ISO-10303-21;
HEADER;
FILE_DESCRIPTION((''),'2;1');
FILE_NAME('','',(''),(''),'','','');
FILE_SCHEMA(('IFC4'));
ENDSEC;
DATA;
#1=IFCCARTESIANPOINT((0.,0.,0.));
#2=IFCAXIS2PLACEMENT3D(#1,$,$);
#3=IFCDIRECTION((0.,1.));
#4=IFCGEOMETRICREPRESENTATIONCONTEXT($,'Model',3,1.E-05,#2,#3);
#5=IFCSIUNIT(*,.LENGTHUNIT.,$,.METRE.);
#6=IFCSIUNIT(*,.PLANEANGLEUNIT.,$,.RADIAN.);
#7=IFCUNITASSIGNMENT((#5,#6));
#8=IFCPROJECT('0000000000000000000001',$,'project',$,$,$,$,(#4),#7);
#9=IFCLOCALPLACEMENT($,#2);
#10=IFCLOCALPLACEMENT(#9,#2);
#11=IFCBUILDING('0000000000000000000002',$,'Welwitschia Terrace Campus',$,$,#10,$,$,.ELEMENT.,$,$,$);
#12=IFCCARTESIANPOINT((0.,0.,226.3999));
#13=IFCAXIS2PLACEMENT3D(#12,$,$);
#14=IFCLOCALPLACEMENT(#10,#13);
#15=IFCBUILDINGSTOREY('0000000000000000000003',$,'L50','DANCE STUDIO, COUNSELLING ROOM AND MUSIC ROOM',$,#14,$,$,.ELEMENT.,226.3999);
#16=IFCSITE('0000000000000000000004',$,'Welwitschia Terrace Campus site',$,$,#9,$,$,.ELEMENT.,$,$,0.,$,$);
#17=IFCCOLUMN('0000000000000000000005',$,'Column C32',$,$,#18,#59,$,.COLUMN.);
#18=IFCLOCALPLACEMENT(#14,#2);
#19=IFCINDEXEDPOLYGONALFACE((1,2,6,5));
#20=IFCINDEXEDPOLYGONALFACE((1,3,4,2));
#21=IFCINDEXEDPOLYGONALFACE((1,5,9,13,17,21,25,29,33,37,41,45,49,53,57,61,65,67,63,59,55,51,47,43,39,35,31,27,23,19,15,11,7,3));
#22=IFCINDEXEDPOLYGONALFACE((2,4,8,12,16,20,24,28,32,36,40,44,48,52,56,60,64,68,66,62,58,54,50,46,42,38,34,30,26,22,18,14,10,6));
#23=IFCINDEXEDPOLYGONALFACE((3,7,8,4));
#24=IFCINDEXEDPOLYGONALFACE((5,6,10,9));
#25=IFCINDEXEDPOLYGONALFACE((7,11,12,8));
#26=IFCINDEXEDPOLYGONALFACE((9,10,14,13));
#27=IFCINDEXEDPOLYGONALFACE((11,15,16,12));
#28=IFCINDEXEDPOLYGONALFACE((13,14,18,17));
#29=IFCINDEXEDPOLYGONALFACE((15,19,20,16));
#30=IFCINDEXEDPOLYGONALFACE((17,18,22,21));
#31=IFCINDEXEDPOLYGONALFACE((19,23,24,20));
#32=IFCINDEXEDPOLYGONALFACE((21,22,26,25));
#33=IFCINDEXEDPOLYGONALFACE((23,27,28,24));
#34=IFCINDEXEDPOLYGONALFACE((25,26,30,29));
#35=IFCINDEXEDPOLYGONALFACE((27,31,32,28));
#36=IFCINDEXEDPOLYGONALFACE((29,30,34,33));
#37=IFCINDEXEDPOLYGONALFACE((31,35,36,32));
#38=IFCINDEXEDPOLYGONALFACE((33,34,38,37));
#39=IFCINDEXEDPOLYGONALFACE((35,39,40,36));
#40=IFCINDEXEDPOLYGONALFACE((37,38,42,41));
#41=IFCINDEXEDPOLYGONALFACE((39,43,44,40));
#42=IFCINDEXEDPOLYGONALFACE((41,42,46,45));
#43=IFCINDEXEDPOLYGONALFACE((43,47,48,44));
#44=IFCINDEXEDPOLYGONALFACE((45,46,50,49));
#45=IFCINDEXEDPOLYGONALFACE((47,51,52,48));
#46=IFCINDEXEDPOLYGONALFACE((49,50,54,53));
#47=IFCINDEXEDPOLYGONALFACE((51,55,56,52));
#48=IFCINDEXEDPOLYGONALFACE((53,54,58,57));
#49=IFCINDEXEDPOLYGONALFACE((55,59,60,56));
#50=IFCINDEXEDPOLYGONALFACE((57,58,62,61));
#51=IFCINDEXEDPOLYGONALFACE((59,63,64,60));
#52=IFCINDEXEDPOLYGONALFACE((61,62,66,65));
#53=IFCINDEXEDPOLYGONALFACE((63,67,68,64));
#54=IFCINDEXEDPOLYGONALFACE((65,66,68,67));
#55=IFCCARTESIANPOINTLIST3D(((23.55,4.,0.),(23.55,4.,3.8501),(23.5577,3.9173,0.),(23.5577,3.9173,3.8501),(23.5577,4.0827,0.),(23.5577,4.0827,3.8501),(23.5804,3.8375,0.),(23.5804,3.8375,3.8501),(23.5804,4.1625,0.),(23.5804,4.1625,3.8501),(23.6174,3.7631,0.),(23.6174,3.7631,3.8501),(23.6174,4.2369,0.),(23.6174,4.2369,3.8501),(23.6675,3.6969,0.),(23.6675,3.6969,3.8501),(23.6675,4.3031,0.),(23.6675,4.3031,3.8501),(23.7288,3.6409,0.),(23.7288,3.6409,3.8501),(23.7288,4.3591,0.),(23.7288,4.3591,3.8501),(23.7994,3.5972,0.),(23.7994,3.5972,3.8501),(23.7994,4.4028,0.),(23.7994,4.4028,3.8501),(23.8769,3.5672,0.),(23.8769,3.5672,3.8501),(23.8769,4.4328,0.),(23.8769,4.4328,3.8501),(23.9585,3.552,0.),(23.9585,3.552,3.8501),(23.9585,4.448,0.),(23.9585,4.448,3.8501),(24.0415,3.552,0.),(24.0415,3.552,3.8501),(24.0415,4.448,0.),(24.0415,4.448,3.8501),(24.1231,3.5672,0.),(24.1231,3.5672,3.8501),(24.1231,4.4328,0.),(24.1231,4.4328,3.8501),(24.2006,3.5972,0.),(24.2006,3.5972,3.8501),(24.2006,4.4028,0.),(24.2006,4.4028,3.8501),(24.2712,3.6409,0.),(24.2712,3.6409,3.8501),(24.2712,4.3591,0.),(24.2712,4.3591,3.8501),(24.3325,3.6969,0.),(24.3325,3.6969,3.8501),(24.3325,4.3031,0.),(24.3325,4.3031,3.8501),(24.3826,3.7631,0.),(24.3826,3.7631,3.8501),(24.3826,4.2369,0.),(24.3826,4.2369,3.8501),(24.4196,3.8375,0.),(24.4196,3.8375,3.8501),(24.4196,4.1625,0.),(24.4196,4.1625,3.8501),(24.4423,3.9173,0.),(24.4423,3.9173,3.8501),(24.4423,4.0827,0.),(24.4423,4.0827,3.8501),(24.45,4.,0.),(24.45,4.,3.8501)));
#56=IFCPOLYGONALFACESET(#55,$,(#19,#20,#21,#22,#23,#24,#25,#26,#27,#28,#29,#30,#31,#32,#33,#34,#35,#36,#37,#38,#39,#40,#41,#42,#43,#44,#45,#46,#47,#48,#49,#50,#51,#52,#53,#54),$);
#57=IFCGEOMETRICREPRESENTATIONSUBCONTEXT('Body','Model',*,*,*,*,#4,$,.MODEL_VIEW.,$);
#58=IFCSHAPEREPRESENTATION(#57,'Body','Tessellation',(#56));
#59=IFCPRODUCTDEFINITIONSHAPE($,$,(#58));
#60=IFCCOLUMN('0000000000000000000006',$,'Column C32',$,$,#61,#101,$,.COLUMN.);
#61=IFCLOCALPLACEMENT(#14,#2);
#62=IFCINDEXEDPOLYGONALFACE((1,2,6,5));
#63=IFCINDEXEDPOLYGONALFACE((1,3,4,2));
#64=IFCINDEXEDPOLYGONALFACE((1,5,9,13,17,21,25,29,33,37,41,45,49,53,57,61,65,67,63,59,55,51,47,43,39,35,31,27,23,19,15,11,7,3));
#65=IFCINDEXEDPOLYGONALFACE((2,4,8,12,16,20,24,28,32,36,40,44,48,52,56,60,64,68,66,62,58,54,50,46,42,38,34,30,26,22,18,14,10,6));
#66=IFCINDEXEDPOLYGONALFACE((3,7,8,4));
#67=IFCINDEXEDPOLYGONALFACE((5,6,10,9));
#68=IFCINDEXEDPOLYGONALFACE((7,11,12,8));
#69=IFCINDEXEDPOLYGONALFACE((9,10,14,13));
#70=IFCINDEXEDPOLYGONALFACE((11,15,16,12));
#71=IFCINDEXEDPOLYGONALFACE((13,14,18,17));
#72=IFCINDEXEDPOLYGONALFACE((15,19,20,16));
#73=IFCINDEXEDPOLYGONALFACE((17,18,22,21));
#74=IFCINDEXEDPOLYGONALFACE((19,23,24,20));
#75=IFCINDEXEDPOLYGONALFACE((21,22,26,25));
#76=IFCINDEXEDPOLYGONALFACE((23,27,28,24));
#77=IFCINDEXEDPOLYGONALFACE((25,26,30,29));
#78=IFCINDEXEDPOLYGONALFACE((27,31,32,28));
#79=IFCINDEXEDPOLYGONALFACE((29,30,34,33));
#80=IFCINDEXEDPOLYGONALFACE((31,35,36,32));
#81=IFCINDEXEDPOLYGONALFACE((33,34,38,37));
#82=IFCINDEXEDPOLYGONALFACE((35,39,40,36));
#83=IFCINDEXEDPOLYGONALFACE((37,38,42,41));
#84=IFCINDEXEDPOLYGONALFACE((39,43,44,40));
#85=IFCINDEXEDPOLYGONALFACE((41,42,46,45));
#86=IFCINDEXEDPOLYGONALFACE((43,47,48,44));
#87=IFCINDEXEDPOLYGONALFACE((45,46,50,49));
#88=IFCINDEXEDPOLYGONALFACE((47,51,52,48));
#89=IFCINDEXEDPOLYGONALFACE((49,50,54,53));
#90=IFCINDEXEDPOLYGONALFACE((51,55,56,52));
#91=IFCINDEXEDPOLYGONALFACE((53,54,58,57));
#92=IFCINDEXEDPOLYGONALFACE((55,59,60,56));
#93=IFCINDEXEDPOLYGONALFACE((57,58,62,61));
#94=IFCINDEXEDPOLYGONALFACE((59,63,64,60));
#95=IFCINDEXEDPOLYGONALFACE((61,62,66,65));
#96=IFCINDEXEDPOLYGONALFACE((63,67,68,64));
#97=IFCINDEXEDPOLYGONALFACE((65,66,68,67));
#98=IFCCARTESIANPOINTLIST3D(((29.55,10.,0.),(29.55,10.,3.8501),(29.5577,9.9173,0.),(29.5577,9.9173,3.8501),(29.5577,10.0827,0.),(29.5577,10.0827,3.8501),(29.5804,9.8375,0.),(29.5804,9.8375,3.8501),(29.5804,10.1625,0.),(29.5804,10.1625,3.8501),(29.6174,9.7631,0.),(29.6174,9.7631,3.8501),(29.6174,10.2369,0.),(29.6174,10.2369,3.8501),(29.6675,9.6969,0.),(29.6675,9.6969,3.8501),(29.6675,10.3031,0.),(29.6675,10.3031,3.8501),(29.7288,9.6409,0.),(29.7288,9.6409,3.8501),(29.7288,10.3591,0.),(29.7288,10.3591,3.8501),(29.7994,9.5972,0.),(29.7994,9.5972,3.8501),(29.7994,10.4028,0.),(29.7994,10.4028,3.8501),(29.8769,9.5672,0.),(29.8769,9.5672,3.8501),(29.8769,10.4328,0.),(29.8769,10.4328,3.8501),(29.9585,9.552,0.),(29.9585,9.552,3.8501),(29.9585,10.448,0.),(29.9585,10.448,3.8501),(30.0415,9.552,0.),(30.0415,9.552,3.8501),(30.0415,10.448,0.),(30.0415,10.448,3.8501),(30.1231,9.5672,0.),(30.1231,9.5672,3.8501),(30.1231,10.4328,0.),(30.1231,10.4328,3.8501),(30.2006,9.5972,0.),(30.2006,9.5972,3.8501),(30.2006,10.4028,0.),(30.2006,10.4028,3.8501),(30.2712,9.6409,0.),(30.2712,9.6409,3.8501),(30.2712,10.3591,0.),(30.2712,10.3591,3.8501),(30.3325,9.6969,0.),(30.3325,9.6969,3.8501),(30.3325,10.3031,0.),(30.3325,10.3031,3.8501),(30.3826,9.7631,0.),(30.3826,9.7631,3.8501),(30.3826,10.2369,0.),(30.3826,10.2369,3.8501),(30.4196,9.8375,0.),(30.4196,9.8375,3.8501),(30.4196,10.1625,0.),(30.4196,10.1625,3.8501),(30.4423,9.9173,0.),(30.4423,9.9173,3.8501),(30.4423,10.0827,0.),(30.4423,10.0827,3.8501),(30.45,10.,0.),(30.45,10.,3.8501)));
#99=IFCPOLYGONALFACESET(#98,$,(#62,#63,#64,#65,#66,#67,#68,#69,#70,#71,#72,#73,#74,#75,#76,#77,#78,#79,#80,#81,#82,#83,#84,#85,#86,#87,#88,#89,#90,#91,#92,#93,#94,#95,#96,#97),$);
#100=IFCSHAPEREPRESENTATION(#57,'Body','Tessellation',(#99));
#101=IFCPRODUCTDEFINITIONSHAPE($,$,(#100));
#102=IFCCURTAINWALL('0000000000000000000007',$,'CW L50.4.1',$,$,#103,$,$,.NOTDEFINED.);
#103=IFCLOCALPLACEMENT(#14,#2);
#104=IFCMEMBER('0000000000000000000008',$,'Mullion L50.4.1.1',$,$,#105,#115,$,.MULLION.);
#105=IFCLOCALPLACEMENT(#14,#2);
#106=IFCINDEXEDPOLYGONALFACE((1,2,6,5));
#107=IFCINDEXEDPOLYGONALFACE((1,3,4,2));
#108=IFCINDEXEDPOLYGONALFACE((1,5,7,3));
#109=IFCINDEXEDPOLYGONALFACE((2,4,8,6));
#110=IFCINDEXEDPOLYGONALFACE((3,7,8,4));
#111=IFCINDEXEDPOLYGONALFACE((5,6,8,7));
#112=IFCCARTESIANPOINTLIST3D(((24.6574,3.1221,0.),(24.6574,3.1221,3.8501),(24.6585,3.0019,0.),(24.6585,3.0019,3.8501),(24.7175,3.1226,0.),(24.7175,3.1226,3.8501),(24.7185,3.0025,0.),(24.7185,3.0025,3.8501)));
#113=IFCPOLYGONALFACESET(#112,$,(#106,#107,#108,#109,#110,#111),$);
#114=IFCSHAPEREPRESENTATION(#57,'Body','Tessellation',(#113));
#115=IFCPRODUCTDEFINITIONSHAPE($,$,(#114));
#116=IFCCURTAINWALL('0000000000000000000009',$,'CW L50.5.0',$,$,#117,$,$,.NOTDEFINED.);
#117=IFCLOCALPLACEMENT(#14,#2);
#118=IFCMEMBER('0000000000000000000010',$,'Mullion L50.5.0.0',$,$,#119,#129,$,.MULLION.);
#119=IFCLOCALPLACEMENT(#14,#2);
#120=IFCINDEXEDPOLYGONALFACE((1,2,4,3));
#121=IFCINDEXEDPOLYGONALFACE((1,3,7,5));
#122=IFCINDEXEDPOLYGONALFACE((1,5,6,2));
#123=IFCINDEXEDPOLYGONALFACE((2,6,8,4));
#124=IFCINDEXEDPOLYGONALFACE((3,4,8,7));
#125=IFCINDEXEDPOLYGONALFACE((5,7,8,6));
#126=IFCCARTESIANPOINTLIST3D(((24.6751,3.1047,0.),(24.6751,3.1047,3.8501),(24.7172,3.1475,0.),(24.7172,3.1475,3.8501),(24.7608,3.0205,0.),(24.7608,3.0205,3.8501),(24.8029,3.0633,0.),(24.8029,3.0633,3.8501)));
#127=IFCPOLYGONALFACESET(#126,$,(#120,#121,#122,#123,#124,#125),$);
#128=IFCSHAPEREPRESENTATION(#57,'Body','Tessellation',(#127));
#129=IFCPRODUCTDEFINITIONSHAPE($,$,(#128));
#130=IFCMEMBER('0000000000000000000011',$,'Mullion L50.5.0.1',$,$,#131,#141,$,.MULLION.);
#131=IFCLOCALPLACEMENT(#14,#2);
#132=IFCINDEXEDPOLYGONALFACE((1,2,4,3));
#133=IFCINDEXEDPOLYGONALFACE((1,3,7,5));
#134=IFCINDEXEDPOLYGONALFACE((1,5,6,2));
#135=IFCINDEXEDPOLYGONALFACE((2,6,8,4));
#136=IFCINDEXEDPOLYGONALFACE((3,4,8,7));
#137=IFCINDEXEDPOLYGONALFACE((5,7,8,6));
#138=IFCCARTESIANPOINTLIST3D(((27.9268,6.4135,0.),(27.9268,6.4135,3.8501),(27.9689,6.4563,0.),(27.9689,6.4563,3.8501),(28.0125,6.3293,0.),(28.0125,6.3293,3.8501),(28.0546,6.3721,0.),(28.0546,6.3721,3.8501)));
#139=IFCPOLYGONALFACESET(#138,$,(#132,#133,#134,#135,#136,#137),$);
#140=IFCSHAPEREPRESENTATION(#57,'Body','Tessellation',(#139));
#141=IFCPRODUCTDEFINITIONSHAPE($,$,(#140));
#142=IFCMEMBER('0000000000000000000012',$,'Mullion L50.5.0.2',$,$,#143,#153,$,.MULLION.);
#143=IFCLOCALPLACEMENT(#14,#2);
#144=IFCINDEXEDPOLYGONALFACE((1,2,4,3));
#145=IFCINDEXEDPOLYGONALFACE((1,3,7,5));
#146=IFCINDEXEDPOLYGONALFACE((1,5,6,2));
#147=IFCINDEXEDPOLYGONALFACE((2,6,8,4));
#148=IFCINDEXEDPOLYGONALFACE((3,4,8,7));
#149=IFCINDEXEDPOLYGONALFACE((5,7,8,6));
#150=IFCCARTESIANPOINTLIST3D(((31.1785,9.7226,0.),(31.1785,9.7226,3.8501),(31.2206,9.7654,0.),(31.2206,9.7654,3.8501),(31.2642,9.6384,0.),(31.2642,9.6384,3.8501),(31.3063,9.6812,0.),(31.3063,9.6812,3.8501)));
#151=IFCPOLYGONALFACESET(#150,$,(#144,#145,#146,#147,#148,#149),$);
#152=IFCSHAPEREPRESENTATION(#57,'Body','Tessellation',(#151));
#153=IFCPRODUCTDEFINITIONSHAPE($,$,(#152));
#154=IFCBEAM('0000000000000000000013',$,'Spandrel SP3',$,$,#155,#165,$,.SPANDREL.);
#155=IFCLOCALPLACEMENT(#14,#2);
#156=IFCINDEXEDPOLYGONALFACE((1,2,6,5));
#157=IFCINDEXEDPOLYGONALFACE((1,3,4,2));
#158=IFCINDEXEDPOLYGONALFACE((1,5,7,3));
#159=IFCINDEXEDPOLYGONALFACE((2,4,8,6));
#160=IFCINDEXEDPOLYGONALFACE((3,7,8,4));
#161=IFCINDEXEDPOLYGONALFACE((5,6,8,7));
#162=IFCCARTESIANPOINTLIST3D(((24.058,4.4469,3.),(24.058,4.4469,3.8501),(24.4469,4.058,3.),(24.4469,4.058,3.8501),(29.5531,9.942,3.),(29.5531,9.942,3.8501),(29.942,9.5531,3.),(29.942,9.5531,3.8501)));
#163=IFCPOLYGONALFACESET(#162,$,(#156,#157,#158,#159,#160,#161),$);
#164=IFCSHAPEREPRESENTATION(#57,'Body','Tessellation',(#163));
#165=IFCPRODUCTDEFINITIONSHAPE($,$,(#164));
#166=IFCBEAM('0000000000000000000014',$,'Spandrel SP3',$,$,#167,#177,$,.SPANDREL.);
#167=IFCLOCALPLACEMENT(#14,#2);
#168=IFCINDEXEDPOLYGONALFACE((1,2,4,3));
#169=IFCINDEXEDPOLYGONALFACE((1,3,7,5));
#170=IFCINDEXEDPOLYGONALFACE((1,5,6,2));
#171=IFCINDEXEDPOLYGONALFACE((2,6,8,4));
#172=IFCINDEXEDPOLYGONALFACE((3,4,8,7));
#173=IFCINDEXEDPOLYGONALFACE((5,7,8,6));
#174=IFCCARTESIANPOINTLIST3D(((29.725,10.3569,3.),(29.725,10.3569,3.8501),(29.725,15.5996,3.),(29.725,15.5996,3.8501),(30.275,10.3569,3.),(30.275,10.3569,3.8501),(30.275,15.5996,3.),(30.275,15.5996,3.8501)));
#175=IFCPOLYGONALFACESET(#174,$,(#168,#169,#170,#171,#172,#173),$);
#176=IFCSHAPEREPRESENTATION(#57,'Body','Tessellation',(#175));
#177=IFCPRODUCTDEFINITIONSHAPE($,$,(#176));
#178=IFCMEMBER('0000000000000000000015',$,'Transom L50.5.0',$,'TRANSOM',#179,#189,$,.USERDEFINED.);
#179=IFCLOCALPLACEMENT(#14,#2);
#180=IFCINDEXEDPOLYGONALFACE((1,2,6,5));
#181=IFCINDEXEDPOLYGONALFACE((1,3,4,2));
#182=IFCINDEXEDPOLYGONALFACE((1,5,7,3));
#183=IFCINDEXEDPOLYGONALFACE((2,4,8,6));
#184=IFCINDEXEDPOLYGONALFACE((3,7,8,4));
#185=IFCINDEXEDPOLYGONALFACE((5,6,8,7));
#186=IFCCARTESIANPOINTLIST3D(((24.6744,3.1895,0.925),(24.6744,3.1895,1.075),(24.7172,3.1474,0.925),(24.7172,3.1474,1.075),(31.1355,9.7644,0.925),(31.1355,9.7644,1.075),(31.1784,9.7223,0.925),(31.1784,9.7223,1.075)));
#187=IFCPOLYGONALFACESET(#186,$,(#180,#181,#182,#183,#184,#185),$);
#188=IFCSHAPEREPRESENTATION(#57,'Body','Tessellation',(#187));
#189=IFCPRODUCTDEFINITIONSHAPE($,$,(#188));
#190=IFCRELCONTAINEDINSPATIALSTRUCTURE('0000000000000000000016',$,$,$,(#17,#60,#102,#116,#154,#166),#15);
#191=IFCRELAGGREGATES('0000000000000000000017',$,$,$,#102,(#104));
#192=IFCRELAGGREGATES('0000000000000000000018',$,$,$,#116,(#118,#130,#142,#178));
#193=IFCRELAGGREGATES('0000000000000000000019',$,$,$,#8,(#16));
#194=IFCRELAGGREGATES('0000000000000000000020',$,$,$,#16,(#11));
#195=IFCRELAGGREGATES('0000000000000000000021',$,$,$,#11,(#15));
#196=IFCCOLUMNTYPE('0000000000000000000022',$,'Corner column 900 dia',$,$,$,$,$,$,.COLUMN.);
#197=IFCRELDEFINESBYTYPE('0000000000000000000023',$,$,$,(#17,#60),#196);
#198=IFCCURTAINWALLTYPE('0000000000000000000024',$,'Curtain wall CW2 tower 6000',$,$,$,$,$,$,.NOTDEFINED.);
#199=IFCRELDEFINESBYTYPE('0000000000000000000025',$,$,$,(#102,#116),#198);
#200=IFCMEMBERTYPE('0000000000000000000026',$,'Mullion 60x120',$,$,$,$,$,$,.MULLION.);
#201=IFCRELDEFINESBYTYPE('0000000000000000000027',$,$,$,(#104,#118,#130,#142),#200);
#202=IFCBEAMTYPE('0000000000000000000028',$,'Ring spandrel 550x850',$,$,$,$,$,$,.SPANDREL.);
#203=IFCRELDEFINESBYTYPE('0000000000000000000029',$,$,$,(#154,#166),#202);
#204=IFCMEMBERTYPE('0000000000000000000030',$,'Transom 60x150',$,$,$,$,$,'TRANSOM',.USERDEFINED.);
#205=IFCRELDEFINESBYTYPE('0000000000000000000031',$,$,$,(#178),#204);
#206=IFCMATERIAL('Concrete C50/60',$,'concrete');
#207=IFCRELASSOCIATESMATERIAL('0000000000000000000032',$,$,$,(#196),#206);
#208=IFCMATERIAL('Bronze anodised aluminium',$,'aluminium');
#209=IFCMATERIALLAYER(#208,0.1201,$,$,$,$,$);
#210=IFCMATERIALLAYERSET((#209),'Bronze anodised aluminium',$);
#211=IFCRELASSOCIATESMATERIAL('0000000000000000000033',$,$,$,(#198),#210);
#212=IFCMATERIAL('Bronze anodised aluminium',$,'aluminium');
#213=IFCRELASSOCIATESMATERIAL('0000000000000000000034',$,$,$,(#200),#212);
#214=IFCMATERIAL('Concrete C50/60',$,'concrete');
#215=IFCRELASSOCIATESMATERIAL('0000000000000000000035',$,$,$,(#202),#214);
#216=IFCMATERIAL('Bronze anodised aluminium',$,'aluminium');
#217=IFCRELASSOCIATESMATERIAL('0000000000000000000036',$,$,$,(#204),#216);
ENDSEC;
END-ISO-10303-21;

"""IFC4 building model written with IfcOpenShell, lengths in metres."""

from ifc_helpers import new_model, si_unit, direction, frame, origin, origin_2d, place, context, subcontext, project, spatial, rectangle, circle, extrude, material, layer, layer_set, material_profile, profile_set, type_object, element, aggregate, save


model = new_model("IFC4")

# Units and contexts
model_context = context("Model", 3, precision=1e-05, world=origin(), true_north=direction((0.0, 1.0)))
body_context = subcontext(model_context, "Body", "Model", "MODEL_VIEW")
ifc_project = project(units=[si_unit("LENGTHUNIT", "METRE"), si_unit("PLANEANGLEUNIT", "RADIAN")], contexts=[model_context])

# Site, building, storey
site_placement = place(None, origin())
site = spatial("IfcSite", under=ifc_project, at=site_placement, Name="Welwitschia Terrace Campus site", CompositionType="ELEMENT", RefElevation=0.0)
building_placement = place(site_placement, origin())
building = spatial("IfcBuilding", under=site, at=building_placement, Name="Welwitschia Terrace Campus", CompositionType="ELEMENT")
storey_placement = place(building_placement, frame((0.0, 0.0, 226.3999)))
storey = spatial("IfcBuildingStorey", under=building, at=storey_placement, Name="L50", Description="DANCE STUDIO, COUNSELLING ROOM AND MUSIC ROOM", CompositionType="ELEMENT", Elevation=226.3999)

# Columns
ifc_material_1 = material(Name="Concrete C50/60", Category="concrete")
ifc_material_profile_1 = material_profile(ifc_material_1, circle(Radius=0.45, at=origin_2d()))
ifc_profile_set_1 = profile_set([ifc_material_profile_1], Name="Concrete C50/60")
column_type = type_object("IfcColumnType", Name="Corner column 900 dia", PredefinedType="COLUMN", material=ifc_profile_set_1)
for number, where, z_axis, x_axis, name in (
    (1, (24.0, 4.0, 0.0), (0.0, 0.0, 1.0), (1.0, 0.0, 0.0), "Column C32"),
    (2, (30.0, 10.0, 0.0), (0.0, 0.0, 1.0), (1.0, 0.0, 0.0), "Column C32"),
):
    element("IfcColumn", number, at=place(storey_placement, frame(where, z_axis=z_axis, x_axis=x_axis)), inside=storey, type_object=column_type, Name=name, PredefinedType="COLUMN", context=body_context, shape_type="SweptSolid", body=[
        extrude(circle(Radius=0.45, at=origin_2d()), origin(), (0.0, 0.0, 1.0), 3.8501),
    ])

# Curtain wall, member
ifc_material_2 = material(Name="Bronze anodised aluminium", Category="aluminium")
ifc_layer_1 = layer(ifc_material_2, 0.1201)
ifc_layer_set_1 = layer_set([ifc_layer_1], Name="Bronze anodised aluminium")
curtain_wall_type = type_object("IfcCurtainWallType", Name="Curtain wall CW2 tower 6000", PredefinedType="NOTDEFINED", material=ifc_layer_set_1)
curtain_wall_1_placement = place(storey_placement, origin())
curtain_wall_1 = element("IfcCurtainWall", 3, at=curtain_wall_1_placement, inside=storey, type_object=curtain_wall_type, Name="CW L50.4.1", PredefinedType="NOTDEFINED")
ifc_material_3 = material(Name="Bronze anodised aluminium", Category="aluminium")
ifc_material_profile_2 = material_profile(ifc_material_3, rectangle(XDim=0.1201, YDim=0.0601, at=origin_2d()))
ifc_profile_set_2 = profile_set([ifc_material_profile_2], Name="Bronze anodised aluminium")
member_type_1 = type_object("IfcMemberType", Name="Mullion 60x120", PredefinedType="MULLION", material=ifc_profile_set_2)
member_1_placement = place(storey_placement, frame((24.688, 3.0623, 0.0), z_axis=(0.0, 0.0, 1.0), x_axis=(-0.008727, 0.999962, 0.0)))
member_1 = element("IfcMember", 4, at=member_1_placement, type_object=member_type_1, Name="Mullion L50.4.1.1", PredefinedType="MULLION", context=body_context, shape_type="SweptSolid", body=[
    extrude(rectangle(XDim=0.1201, YDim=0.0601, at=origin_2d()), origin(), (0.0, 0.0, 1.0), 3.8501),
])

# Curtain wall, members
curtain_wall_2_placement = place(storey_placement, origin())
curtain_wall_2 = element("IfcCurtainWall", 5, at=curtain_wall_2_placement, inside=storey, type_object=curtain_wall_type, Name="CW L50.5.0", PredefinedType="NOTDEFINED")
member_2_placement = place(storey_placement, frame((24.739, 3.084, 0.0), z_axis=(0.0, 0.0, 1.0), x_axis=(-0.71325, 0.700909, 0.0)))
member_2 = element("IfcMember", 6, at=member_2_placement, type_object=member_type_1, Name="Mullion L50.5.0.0", PredefinedType="MULLION", context=body_context, shape_type="SweptSolid", body=[
    extrude(rectangle(XDim=0.1201, YDim=0.0601, at=origin_2d()), origin(), (0.0, 0.0, 1.0), 3.8501),
])
member_3_placement = place(storey_placement, frame((27.9907, 6.3928, 0.0), z_axis=(0.0, 0.0, 1.0), x_axis=(-0.71325, 0.700909, 0.0)))
member_3 = element("IfcMember", 7, at=member_3_placement, type_object=member_type_1, Name="Mullion L50.5.0.1", PredefinedType="MULLION", context=body_context, shape_type="SweptSolid", body=[
    extrude(rectangle(XDim=0.1201, YDim=0.0601, at=origin_2d()), origin(), (0.0, 0.0, 1.0), 3.8501),
])
member_4_placement = place(storey_placement, frame((31.2424, 9.7019, 0.0), z_axis=(0.0, 0.0, 1.0), x_axis=(-0.71325, 0.700909, 0.0)))
member_4 = element("IfcMember", 8, at=member_4_placement, type_object=member_type_1, Name="Mullion L50.5.0.2", PredefinedType="MULLION", context=body_context, shape_type="SweptSolid", body=[
    extrude(rectangle(XDim=0.1201, YDim=0.0601, at=origin_2d()), origin(), (0.0, 0.0, 1.0), 3.8501),
])

# Beams
ifc_material_4 = material(Name="Concrete C50/60", Category="concrete")
ifc_material_profile_3 = material_profile(ifc_material_4, rectangle(XDim=0.55, YDim=0.8501, at=origin_2d()))
ifc_profile_set_3 = profile_set([ifc_material_profile_3], Name="Concrete C50/60")
beam_type = type_object("IfcBeamType", Name="Ring spandrel 550x850", PredefinedType="SPANDREL", material=ifc_profile_set_3)
beam_1_placement = place(storey_placement, frame((24.2524, 4.2524, 3.425), z_axis=(0.707107, 0.707107, 0.0), x_axis=(-0.707107, 0.707107, 0.0)))
element("IfcBeam", 9, at=beam_1_placement, inside=storey, type_object=beam_type, Name="Spandrel SP3", PredefinedType="SPANDREL", context=body_context, shape_type="SweptSolid", body=[
    extrude(rectangle(XDim=0.55, YDim=0.8501, at=origin_2d()), origin(), (0.0, 0.0, 1.0), 7.7712),
])
beam_2_placement = place(storey_placement, frame((30.0, 10.3569, 3.425), z_axis=(0.0, 1.0, 0.0), x_axis=(-1.0, 0.0, 0.0)))
element("IfcBeam", 10, at=beam_2_placement, inside=storey, type_object=beam_type, Name="Spandrel SP3", PredefinedType="SPANDREL", context=body_context, shape_type="SweptSolid", body=[
    extrude(rectangle(XDim=0.55, YDim=0.8501, at=origin_2d()), origin(), (0.0, 0.0, 1.0), 5.2427),
])

# Member
ifc_material_5 = material(Name="Bronze anodised aluminium", Category="aluminium")
ifc_material_profile_4 = material_profile(ifc_material_5, rectangle(XDim=0.0601, YDim=0.1499, at=origin_2d()))
ifc_profile_set_4 = profile_set([ifc_material_profile_4], Name="Bronze anodised aluminium")
member_type_2 = type_object("IfcMemberType", Name="Transom 60x150", ElementType="TRANSOM", PredefinedType="USERDEFINED", material=ifc_profile_set_4)
member_5_placement = place(storey_placement, frame((24.6958, 3.1685, 1.0), z_axis=(0.700909, 0.713251, 0.0), x_axis=(-0.713251, 0.700909, 0.0)))
member_5 = element("IfcMember", 11, at=member_5_placement, type_object=member_type_2, Name="Transom L50.5.0", ObjectType="TRANSOM", PredefinedType="USERDEFINED", context=body_context, shape_type="SweptSolid", body=[
    extrude(rectangle(XDim=0.0601, YDim=0.1499, at=origin_2d()), origin(), (0.0, 0.0, 1.0), 9.2183),
])

aggregate(curtain_wall_1, [member_1])
aggregate(curtain_wall_2, [member_2, member_3, member_4, member_5])

save(model, "model.ifc")
